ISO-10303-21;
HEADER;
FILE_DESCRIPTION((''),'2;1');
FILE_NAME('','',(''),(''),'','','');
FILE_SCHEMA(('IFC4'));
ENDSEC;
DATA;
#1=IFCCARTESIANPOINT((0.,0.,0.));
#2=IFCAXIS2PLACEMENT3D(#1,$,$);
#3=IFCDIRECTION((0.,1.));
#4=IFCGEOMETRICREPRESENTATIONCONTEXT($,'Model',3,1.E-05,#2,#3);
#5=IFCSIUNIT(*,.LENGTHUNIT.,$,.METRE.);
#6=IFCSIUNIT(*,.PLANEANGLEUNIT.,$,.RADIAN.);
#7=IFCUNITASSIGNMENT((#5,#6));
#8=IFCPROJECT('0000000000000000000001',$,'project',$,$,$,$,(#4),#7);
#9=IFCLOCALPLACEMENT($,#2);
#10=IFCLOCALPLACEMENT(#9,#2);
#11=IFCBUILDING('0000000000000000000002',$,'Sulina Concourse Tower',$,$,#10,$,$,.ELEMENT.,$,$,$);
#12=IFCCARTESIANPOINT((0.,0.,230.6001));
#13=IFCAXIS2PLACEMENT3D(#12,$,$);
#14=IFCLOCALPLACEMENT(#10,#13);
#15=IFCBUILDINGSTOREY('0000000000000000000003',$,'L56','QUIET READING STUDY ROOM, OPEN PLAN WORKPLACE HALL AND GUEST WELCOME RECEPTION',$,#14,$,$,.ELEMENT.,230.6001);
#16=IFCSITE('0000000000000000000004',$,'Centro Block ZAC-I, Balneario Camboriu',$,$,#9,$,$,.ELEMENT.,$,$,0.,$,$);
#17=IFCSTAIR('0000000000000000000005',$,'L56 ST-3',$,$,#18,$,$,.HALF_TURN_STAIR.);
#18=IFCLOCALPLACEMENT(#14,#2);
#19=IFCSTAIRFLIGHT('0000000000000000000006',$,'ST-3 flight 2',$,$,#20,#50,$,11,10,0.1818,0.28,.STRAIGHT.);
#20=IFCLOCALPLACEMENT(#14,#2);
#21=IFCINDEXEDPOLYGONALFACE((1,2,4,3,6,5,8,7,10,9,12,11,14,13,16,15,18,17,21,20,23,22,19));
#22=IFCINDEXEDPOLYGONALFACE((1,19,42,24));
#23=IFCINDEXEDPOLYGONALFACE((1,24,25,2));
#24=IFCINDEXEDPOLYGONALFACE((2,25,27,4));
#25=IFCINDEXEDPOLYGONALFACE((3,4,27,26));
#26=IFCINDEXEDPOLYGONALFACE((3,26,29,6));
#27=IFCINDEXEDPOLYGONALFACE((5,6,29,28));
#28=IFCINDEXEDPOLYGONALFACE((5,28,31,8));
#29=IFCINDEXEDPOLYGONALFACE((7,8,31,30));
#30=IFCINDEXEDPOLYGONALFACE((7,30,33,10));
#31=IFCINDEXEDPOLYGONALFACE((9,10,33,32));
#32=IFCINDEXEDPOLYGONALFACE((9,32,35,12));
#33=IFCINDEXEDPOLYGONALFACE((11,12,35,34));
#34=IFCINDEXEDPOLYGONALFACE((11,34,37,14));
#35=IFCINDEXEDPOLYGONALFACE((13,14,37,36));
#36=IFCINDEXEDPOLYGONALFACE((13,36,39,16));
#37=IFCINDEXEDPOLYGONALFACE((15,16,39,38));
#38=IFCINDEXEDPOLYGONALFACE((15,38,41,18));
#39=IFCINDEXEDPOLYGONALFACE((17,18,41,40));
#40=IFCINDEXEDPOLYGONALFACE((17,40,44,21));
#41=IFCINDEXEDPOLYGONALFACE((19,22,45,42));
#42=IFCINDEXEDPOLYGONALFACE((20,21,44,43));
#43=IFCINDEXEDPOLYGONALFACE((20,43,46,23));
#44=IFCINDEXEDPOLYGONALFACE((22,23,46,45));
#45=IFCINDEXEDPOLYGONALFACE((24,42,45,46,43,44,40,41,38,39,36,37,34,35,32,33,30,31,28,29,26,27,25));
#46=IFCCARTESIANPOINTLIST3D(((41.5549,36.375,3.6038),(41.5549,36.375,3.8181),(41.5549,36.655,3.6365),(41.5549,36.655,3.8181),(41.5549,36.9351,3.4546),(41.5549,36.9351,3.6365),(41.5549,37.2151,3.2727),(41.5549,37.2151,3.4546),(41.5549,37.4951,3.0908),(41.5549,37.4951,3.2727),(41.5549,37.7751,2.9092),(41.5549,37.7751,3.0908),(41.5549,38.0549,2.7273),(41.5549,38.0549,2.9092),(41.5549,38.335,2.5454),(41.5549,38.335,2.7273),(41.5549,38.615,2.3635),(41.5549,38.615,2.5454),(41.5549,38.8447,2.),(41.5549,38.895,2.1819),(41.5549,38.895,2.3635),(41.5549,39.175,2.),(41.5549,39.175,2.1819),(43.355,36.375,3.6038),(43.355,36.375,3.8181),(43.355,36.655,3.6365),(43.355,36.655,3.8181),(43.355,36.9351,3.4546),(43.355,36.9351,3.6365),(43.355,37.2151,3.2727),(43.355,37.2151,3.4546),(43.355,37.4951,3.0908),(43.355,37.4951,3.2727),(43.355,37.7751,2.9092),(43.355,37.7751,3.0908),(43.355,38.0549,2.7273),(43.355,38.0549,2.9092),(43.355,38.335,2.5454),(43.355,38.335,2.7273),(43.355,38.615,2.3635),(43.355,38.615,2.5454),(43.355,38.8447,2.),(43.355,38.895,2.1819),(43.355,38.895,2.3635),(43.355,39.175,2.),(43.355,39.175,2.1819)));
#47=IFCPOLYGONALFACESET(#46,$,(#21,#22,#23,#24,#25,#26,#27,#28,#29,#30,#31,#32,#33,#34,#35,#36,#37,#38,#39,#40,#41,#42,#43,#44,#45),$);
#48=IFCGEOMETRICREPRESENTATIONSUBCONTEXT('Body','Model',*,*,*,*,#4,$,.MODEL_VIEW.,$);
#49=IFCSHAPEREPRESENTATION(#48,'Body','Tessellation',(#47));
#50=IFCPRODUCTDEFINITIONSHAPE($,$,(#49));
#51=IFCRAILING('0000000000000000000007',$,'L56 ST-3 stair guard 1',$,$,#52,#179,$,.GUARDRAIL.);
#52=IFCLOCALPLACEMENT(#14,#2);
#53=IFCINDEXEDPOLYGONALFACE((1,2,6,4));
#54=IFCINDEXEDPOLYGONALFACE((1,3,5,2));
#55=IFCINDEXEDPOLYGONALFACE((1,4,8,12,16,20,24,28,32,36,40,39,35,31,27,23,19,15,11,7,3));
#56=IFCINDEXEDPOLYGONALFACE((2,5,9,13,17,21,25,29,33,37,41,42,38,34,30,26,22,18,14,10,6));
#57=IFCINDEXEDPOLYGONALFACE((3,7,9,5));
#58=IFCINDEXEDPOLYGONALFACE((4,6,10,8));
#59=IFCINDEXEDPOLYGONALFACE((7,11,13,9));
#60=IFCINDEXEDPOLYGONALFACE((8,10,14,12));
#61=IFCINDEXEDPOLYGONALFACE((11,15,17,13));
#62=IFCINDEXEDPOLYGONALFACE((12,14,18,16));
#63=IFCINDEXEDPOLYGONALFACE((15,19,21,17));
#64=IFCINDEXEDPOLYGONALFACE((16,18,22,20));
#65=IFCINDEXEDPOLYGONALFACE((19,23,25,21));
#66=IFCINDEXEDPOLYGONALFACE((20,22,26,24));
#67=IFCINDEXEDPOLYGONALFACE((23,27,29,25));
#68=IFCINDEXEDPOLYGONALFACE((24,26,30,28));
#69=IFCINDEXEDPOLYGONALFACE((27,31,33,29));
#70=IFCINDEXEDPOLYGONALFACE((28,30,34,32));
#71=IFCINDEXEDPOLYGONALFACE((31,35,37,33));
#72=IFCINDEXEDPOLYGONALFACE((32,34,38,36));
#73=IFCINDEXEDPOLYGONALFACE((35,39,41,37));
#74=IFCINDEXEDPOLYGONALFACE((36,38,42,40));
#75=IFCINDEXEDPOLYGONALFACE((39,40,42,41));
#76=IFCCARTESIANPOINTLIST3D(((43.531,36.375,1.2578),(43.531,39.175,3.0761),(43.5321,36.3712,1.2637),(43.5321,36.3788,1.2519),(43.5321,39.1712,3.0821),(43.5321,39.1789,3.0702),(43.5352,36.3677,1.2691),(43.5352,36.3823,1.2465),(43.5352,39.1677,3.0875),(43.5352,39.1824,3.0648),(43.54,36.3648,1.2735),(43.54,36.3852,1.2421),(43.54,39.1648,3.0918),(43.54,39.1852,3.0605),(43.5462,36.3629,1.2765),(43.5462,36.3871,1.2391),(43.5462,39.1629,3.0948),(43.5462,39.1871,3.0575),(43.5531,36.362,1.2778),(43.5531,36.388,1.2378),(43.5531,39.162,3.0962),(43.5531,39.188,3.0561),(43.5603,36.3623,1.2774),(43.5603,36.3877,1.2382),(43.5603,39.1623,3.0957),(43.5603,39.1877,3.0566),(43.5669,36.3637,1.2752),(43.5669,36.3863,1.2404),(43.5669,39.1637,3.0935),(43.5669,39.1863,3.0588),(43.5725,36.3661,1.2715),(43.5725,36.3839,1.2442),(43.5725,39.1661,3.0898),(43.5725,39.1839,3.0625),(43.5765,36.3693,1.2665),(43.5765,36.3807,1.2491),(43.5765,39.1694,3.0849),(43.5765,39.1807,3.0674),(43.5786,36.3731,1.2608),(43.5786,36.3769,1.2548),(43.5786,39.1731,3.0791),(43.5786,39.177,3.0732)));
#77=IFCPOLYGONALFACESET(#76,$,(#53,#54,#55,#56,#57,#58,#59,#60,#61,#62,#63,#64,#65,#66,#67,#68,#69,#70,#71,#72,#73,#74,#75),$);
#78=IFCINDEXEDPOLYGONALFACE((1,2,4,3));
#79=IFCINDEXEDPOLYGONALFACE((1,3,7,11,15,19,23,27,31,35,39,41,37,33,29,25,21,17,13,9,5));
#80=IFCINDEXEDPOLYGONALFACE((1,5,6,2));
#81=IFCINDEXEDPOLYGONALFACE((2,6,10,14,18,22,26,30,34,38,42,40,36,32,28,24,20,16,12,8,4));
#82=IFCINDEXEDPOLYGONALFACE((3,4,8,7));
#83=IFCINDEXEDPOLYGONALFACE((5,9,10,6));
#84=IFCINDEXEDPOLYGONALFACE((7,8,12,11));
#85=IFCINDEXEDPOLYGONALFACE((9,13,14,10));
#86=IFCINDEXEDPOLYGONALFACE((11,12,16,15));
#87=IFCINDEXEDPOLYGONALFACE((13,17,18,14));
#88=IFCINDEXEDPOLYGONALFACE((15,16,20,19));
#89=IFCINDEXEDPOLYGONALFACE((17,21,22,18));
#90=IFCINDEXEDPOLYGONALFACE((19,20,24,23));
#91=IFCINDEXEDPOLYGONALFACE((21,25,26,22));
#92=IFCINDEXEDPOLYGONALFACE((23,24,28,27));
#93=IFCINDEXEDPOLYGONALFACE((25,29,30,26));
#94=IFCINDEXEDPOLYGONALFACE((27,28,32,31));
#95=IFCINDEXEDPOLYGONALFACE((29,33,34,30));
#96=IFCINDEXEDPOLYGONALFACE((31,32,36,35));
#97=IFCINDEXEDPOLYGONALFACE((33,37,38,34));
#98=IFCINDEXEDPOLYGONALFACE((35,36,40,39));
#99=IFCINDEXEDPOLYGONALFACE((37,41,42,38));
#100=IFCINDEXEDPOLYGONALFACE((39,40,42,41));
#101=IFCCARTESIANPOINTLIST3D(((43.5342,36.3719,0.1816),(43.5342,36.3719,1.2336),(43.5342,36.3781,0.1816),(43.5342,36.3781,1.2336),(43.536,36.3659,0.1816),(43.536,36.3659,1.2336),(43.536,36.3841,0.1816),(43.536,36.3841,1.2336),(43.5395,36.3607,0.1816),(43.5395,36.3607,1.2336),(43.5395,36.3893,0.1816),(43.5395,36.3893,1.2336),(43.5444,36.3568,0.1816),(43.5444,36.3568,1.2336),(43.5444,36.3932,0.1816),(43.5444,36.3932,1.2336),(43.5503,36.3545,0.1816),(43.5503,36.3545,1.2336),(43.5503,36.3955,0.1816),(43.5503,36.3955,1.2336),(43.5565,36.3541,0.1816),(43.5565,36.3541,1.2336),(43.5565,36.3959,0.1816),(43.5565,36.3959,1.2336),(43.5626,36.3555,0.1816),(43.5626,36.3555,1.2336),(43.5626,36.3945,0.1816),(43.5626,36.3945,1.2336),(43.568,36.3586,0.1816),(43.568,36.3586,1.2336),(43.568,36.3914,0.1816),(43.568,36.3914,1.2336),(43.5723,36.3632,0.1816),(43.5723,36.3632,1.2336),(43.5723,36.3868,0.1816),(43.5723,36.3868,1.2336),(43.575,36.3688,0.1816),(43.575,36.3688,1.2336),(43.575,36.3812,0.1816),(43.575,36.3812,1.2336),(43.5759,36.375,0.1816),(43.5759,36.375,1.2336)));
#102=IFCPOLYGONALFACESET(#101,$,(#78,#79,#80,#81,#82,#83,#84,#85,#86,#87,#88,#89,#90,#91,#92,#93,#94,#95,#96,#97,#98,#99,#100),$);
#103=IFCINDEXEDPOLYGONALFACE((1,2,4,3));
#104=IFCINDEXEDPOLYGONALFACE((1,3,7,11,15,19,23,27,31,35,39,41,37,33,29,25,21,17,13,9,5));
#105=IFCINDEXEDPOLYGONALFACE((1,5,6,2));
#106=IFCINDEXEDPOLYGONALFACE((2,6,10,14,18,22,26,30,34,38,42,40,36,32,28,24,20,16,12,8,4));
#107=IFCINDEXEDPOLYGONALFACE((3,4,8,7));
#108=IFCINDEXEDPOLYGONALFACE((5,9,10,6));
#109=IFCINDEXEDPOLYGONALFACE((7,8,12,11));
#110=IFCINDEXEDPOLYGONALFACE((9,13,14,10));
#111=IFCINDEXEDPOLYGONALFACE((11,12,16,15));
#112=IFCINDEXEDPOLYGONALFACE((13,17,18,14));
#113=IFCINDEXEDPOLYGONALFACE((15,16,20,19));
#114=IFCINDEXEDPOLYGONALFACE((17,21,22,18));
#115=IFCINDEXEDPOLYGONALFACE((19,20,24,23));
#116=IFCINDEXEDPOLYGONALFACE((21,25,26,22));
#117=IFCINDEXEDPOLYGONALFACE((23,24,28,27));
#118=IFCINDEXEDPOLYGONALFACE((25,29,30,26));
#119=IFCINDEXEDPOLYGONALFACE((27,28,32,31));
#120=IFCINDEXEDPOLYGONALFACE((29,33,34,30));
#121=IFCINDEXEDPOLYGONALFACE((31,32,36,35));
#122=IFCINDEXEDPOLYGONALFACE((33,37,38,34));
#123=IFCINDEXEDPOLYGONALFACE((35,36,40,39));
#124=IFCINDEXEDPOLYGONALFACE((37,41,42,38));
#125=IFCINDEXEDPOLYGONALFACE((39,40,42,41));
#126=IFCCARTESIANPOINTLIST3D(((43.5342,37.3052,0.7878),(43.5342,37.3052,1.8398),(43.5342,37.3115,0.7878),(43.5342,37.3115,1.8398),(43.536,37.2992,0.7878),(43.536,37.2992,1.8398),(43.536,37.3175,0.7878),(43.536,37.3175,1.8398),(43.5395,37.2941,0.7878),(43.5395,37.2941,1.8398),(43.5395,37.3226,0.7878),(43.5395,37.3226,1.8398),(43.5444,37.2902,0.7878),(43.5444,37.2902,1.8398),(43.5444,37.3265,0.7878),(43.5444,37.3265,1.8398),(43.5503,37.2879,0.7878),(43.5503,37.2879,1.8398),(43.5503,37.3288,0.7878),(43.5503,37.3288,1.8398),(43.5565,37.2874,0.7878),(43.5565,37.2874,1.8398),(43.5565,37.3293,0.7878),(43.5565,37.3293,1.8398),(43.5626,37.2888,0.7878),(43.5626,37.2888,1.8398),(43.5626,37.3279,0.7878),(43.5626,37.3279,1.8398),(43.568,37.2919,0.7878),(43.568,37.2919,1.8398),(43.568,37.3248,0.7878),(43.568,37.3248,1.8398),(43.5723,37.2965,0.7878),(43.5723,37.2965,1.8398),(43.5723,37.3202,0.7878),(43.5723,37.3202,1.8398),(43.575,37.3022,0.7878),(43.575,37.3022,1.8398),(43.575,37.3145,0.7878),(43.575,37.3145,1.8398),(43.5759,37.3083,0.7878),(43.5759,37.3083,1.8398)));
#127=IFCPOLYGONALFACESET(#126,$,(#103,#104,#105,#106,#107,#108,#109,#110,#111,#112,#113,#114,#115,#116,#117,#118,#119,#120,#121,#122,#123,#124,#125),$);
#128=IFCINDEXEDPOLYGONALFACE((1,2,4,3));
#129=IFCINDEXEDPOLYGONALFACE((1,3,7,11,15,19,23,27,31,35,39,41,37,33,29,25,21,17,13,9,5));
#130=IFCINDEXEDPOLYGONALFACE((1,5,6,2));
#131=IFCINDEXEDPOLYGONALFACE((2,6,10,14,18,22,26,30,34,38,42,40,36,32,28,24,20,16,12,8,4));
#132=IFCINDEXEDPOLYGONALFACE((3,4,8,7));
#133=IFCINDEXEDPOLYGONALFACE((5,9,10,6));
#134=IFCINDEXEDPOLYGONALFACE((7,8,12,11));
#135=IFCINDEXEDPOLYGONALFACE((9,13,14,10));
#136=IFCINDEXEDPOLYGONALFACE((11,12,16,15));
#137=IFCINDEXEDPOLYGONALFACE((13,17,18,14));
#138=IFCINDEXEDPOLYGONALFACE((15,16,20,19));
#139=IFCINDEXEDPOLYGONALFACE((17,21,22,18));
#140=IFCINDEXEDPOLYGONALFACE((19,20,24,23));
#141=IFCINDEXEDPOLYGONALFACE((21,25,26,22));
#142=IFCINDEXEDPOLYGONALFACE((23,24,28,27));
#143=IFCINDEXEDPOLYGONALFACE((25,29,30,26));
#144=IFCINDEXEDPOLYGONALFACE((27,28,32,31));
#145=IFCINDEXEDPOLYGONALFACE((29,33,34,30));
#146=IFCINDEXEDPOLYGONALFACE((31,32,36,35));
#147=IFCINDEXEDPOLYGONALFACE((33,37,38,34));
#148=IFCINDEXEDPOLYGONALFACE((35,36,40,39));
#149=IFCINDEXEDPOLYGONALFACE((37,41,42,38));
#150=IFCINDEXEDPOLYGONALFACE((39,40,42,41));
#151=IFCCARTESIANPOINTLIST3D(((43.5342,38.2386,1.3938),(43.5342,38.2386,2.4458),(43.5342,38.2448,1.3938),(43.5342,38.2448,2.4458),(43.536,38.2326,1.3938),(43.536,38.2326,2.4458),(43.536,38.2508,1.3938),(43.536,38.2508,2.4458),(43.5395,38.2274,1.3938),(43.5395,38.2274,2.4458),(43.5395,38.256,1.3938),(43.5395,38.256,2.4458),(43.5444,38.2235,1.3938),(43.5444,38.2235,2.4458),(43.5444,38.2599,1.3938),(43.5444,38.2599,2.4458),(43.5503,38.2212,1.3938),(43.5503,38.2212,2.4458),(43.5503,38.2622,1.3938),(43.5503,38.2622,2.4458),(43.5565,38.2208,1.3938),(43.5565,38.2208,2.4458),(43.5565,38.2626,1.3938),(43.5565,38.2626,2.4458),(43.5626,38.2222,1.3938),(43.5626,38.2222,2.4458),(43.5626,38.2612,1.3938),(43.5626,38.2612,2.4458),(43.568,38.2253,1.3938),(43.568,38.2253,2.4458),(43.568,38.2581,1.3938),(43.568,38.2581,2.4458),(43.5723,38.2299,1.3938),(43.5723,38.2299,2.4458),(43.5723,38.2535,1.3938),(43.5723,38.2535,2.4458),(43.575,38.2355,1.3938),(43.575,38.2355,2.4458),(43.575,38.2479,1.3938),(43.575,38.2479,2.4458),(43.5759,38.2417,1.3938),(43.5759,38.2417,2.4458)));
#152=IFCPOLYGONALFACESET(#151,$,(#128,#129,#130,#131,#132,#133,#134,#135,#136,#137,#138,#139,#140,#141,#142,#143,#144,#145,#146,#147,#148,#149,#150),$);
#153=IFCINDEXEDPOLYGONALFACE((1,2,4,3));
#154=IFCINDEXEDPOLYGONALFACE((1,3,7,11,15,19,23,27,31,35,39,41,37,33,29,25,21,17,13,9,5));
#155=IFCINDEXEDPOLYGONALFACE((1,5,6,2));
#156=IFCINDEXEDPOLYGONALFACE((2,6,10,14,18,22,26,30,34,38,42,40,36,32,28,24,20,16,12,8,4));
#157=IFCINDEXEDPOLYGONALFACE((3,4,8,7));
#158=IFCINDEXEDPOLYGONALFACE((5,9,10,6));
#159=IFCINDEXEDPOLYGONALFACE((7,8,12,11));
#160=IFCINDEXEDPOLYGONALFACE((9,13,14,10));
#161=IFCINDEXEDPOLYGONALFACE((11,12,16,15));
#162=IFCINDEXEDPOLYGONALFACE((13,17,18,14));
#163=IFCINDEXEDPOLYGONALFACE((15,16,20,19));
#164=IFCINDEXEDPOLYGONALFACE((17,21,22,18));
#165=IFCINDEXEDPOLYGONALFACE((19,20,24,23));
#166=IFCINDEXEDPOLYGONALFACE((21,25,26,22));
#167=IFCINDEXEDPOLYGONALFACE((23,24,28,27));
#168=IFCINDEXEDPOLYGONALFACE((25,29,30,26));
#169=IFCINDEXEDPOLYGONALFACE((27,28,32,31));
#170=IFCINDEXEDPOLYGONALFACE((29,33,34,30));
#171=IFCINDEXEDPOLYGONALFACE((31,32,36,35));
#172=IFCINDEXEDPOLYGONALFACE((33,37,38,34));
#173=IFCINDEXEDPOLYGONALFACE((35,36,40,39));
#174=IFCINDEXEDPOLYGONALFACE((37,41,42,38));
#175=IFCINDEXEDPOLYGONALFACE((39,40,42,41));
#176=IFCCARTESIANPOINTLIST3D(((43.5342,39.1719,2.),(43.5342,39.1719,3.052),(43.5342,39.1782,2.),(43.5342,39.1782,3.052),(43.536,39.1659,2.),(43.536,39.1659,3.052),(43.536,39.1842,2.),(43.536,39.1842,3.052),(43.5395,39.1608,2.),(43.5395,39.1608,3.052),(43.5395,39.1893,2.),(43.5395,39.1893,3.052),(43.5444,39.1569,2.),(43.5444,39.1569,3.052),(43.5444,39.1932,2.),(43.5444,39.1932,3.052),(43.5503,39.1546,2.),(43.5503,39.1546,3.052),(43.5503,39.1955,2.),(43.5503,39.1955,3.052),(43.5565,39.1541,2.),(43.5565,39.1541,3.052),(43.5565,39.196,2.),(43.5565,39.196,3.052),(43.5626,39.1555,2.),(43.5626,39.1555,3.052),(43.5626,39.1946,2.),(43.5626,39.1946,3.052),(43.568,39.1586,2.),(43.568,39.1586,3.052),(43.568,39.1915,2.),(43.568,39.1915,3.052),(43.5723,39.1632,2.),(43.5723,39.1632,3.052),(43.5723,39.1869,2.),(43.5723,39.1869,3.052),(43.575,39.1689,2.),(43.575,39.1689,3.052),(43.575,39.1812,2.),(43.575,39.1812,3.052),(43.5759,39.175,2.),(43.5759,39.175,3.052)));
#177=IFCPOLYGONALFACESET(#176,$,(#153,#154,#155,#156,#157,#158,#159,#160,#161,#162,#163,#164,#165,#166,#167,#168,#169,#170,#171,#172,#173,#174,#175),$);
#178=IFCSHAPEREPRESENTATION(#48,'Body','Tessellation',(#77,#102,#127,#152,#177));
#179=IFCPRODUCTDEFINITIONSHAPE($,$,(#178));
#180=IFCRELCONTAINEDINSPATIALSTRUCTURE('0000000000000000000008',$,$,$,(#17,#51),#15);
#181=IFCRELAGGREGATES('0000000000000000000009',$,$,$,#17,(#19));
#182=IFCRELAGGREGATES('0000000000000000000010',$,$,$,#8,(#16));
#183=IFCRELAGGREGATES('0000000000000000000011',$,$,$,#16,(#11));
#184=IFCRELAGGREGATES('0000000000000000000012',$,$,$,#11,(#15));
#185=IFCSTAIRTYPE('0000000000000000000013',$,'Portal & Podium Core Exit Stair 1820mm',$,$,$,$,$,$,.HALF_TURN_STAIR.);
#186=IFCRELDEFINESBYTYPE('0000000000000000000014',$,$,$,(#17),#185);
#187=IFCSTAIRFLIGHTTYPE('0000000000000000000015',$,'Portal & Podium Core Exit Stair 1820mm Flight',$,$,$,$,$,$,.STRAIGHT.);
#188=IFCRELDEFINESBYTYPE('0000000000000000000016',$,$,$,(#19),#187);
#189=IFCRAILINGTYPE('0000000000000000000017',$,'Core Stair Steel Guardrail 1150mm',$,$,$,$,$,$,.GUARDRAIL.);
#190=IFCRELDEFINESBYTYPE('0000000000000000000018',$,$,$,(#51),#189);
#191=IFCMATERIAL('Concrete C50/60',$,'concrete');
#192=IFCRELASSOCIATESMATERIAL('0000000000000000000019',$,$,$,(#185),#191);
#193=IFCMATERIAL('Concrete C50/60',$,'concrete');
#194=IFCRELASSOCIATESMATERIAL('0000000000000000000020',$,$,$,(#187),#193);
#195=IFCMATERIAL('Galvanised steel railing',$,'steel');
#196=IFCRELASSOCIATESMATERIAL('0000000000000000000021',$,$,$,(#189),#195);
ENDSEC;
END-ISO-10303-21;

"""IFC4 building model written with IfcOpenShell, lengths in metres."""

from ifc_helpers import new_model, si_unit, direction, frame, origin, origin_2d, place, context, subcontext, project, spatial, polyline, circle, outline, extrude, material, type_object, element, aggregate, save


model = new_model("IFC4")

# Units and contexts
model_context = context("Model", 3, precision=1e-05, world=origin(), true_north=direction((0.0, 1.0)))
body_context = subcontext(model_context, "Body", "Model", "MODEL_VIEW")
ifc_project = project(units=[si_unit("LENGTHUNIT", "METRE"), si_unit("PLANEANGLEUNIT", "RADIAN")], contexts=[model_context])

# Site, building, storey
site_placement = place(None, origin())
site = spatial("IfcSite", under=ifc_project, at=site_placement, Name="Centro Block ZAC-I, Balneario Camboriu", CompositionType="ELEMENT", RefElevation=0.0)
building_placement = place(site_placement, origin())
building = spatial("IfcBuilding", under=site, at=building_placement, Name="Sulina Concourse Tower", CompositionType="ELEMENT")
storey_placement = place(building_placement, frame((0.0, 0.0, 230.6001)))
storey = spatial("IfcBuildingStorey", under=building, at=storey_placement, Name="L56", Description="QUIET READING STUDY ROOM, OPEN PLAN WORKPLACE HALL AND GUEST WELCOME RECEPTION", CompositionType="ELEMENT", Elevation=230.6001)

# Stair, stair flight
ifc_material_1 = material(Name="Concrete C50/60", Category="concrete")
stair_type = type_object("IfcStairType", Name="Portal & Podium Core Exit Stair 1820mm", PredefinedType="HALF_TURN_STAIR", material=ifc_material_1)
stair_placement = place(storey_placement, origin())
stair = element("IfcStair", 1, at=stair_placement, inside=storey, type_object=stair_type, Name="L56 ST-3", PredefinedType="HALF_TURN_STAIR")
ifc_material_2 = material(Name="Concrete C50/60", Category="concrete")
stair_flight_type = type_object("IfcStairFlightType", Name="Portal & Podium Core Exit Stair 1820mm Flight", PredefinedType="STRAIGHT", material=ifc_material_2)
stair_flight_placement = place(storey_placement, frame((42.4551, 39.175, 2.0), z_axis=(0.0, 0.0, 1.0), x_axis=(0.0, -1.0, 0.0)))
stair_flight = element("IfcStairFlight", 2, at=stair_flight_placement, type_object=stair_flight_type, Name="ST-3 flight 2", NumberOfRisers=11, NumberOfTreads=10, PredefinedType="STRAIGHT", RiserHeight=0.1818, TreadLength=0.28, context=body_context, shape_type="SweptSolid", body=[
    extrude(outline(polyline([(0.0, 0.0), (0.0, 0.1819), (0.28, 0.1819), (0.28, 0.3635), (0.5601, 0.3635), (0.5601, 0.5454), (0.8401, 0.5454), (0.8401, 0.7273), (1.1201, 0.7273), (1.1201, 0.9092), (1.3999, 0.9092), (1.3999, 1.0908), (1.6799, 1.0908), (1.6799, 1.2727), (1.96, 1.2727), (1.96, 1.4546), (2.24, 1.4546), (2.24, 1.6365), (2.52, 1.6365), (2.52, 1.8181), (2.8, 1.8181), (2.8, 2.0), (2.8, 1.6038), (0.3303, 0.0), (0.0, 0.0)])), frame((0.0, 0.8999, 0.0), z_axis=(0.0, -1.0, 0.0), x_axis=(1.0, 0.0, 0.0)), (0.0, 0.0, 1.0), 1.8),
])
aggregate(stair, [stair_flight])

# Railing
ifc_material_3 = material(Name="Galvanised steel railing", Category="steel")
railing_type_1 = type_object("IfcRailingType", Name="Core Stair Steel Guardrail 1150mm", PredefinedType="GUARDRAIL", material=ifc_material_3)
railing_1_placement = place(storey_placement, frame((43.5549, 36.375, 0.1816)))
element("IfcRailing", 3, at=railing_1_placement, inside=storey, type_object=railing_type_1, Name="L56 ST-3 stair guard 1", PredefinedType="GUARDRAIL", context=body_context, shape_type="SweptSolid", body=[
    extrude(circle(Radius=0.0239, at=origin_2d()), frame((0.0, 0.0, 1.0762), z_axis=(0.0, 0.838672, 0.544636), x_axis=(-1.0, 0.0, 0.0)), (0.0, 0.0, 1.0), 3.3386),
    extrude(circle(Radius=0.021, at=origin_2d()), origin(), (0.0, 0.0, 1.0), 1.052),
    extrude(circle(Radius=0.021, at=origin_2d()), frame((0.0, 0.9333, 0.6062)), (0.0, 0.0, 1.0), 1.052),
    extrude(circle(Radius=0.021, at=origin_2d()), frame((0.0, 1.8667, 1.2122)), (0.0, 0.0, 1.0), 1.052),
    extrude(circle(Radius=0.021, at=origin_2d()), frame((0.0, 2.8, 1.8184)), (0.0, 0.0, 1.0), 1.052),
])

save(model, "model.ifc")
